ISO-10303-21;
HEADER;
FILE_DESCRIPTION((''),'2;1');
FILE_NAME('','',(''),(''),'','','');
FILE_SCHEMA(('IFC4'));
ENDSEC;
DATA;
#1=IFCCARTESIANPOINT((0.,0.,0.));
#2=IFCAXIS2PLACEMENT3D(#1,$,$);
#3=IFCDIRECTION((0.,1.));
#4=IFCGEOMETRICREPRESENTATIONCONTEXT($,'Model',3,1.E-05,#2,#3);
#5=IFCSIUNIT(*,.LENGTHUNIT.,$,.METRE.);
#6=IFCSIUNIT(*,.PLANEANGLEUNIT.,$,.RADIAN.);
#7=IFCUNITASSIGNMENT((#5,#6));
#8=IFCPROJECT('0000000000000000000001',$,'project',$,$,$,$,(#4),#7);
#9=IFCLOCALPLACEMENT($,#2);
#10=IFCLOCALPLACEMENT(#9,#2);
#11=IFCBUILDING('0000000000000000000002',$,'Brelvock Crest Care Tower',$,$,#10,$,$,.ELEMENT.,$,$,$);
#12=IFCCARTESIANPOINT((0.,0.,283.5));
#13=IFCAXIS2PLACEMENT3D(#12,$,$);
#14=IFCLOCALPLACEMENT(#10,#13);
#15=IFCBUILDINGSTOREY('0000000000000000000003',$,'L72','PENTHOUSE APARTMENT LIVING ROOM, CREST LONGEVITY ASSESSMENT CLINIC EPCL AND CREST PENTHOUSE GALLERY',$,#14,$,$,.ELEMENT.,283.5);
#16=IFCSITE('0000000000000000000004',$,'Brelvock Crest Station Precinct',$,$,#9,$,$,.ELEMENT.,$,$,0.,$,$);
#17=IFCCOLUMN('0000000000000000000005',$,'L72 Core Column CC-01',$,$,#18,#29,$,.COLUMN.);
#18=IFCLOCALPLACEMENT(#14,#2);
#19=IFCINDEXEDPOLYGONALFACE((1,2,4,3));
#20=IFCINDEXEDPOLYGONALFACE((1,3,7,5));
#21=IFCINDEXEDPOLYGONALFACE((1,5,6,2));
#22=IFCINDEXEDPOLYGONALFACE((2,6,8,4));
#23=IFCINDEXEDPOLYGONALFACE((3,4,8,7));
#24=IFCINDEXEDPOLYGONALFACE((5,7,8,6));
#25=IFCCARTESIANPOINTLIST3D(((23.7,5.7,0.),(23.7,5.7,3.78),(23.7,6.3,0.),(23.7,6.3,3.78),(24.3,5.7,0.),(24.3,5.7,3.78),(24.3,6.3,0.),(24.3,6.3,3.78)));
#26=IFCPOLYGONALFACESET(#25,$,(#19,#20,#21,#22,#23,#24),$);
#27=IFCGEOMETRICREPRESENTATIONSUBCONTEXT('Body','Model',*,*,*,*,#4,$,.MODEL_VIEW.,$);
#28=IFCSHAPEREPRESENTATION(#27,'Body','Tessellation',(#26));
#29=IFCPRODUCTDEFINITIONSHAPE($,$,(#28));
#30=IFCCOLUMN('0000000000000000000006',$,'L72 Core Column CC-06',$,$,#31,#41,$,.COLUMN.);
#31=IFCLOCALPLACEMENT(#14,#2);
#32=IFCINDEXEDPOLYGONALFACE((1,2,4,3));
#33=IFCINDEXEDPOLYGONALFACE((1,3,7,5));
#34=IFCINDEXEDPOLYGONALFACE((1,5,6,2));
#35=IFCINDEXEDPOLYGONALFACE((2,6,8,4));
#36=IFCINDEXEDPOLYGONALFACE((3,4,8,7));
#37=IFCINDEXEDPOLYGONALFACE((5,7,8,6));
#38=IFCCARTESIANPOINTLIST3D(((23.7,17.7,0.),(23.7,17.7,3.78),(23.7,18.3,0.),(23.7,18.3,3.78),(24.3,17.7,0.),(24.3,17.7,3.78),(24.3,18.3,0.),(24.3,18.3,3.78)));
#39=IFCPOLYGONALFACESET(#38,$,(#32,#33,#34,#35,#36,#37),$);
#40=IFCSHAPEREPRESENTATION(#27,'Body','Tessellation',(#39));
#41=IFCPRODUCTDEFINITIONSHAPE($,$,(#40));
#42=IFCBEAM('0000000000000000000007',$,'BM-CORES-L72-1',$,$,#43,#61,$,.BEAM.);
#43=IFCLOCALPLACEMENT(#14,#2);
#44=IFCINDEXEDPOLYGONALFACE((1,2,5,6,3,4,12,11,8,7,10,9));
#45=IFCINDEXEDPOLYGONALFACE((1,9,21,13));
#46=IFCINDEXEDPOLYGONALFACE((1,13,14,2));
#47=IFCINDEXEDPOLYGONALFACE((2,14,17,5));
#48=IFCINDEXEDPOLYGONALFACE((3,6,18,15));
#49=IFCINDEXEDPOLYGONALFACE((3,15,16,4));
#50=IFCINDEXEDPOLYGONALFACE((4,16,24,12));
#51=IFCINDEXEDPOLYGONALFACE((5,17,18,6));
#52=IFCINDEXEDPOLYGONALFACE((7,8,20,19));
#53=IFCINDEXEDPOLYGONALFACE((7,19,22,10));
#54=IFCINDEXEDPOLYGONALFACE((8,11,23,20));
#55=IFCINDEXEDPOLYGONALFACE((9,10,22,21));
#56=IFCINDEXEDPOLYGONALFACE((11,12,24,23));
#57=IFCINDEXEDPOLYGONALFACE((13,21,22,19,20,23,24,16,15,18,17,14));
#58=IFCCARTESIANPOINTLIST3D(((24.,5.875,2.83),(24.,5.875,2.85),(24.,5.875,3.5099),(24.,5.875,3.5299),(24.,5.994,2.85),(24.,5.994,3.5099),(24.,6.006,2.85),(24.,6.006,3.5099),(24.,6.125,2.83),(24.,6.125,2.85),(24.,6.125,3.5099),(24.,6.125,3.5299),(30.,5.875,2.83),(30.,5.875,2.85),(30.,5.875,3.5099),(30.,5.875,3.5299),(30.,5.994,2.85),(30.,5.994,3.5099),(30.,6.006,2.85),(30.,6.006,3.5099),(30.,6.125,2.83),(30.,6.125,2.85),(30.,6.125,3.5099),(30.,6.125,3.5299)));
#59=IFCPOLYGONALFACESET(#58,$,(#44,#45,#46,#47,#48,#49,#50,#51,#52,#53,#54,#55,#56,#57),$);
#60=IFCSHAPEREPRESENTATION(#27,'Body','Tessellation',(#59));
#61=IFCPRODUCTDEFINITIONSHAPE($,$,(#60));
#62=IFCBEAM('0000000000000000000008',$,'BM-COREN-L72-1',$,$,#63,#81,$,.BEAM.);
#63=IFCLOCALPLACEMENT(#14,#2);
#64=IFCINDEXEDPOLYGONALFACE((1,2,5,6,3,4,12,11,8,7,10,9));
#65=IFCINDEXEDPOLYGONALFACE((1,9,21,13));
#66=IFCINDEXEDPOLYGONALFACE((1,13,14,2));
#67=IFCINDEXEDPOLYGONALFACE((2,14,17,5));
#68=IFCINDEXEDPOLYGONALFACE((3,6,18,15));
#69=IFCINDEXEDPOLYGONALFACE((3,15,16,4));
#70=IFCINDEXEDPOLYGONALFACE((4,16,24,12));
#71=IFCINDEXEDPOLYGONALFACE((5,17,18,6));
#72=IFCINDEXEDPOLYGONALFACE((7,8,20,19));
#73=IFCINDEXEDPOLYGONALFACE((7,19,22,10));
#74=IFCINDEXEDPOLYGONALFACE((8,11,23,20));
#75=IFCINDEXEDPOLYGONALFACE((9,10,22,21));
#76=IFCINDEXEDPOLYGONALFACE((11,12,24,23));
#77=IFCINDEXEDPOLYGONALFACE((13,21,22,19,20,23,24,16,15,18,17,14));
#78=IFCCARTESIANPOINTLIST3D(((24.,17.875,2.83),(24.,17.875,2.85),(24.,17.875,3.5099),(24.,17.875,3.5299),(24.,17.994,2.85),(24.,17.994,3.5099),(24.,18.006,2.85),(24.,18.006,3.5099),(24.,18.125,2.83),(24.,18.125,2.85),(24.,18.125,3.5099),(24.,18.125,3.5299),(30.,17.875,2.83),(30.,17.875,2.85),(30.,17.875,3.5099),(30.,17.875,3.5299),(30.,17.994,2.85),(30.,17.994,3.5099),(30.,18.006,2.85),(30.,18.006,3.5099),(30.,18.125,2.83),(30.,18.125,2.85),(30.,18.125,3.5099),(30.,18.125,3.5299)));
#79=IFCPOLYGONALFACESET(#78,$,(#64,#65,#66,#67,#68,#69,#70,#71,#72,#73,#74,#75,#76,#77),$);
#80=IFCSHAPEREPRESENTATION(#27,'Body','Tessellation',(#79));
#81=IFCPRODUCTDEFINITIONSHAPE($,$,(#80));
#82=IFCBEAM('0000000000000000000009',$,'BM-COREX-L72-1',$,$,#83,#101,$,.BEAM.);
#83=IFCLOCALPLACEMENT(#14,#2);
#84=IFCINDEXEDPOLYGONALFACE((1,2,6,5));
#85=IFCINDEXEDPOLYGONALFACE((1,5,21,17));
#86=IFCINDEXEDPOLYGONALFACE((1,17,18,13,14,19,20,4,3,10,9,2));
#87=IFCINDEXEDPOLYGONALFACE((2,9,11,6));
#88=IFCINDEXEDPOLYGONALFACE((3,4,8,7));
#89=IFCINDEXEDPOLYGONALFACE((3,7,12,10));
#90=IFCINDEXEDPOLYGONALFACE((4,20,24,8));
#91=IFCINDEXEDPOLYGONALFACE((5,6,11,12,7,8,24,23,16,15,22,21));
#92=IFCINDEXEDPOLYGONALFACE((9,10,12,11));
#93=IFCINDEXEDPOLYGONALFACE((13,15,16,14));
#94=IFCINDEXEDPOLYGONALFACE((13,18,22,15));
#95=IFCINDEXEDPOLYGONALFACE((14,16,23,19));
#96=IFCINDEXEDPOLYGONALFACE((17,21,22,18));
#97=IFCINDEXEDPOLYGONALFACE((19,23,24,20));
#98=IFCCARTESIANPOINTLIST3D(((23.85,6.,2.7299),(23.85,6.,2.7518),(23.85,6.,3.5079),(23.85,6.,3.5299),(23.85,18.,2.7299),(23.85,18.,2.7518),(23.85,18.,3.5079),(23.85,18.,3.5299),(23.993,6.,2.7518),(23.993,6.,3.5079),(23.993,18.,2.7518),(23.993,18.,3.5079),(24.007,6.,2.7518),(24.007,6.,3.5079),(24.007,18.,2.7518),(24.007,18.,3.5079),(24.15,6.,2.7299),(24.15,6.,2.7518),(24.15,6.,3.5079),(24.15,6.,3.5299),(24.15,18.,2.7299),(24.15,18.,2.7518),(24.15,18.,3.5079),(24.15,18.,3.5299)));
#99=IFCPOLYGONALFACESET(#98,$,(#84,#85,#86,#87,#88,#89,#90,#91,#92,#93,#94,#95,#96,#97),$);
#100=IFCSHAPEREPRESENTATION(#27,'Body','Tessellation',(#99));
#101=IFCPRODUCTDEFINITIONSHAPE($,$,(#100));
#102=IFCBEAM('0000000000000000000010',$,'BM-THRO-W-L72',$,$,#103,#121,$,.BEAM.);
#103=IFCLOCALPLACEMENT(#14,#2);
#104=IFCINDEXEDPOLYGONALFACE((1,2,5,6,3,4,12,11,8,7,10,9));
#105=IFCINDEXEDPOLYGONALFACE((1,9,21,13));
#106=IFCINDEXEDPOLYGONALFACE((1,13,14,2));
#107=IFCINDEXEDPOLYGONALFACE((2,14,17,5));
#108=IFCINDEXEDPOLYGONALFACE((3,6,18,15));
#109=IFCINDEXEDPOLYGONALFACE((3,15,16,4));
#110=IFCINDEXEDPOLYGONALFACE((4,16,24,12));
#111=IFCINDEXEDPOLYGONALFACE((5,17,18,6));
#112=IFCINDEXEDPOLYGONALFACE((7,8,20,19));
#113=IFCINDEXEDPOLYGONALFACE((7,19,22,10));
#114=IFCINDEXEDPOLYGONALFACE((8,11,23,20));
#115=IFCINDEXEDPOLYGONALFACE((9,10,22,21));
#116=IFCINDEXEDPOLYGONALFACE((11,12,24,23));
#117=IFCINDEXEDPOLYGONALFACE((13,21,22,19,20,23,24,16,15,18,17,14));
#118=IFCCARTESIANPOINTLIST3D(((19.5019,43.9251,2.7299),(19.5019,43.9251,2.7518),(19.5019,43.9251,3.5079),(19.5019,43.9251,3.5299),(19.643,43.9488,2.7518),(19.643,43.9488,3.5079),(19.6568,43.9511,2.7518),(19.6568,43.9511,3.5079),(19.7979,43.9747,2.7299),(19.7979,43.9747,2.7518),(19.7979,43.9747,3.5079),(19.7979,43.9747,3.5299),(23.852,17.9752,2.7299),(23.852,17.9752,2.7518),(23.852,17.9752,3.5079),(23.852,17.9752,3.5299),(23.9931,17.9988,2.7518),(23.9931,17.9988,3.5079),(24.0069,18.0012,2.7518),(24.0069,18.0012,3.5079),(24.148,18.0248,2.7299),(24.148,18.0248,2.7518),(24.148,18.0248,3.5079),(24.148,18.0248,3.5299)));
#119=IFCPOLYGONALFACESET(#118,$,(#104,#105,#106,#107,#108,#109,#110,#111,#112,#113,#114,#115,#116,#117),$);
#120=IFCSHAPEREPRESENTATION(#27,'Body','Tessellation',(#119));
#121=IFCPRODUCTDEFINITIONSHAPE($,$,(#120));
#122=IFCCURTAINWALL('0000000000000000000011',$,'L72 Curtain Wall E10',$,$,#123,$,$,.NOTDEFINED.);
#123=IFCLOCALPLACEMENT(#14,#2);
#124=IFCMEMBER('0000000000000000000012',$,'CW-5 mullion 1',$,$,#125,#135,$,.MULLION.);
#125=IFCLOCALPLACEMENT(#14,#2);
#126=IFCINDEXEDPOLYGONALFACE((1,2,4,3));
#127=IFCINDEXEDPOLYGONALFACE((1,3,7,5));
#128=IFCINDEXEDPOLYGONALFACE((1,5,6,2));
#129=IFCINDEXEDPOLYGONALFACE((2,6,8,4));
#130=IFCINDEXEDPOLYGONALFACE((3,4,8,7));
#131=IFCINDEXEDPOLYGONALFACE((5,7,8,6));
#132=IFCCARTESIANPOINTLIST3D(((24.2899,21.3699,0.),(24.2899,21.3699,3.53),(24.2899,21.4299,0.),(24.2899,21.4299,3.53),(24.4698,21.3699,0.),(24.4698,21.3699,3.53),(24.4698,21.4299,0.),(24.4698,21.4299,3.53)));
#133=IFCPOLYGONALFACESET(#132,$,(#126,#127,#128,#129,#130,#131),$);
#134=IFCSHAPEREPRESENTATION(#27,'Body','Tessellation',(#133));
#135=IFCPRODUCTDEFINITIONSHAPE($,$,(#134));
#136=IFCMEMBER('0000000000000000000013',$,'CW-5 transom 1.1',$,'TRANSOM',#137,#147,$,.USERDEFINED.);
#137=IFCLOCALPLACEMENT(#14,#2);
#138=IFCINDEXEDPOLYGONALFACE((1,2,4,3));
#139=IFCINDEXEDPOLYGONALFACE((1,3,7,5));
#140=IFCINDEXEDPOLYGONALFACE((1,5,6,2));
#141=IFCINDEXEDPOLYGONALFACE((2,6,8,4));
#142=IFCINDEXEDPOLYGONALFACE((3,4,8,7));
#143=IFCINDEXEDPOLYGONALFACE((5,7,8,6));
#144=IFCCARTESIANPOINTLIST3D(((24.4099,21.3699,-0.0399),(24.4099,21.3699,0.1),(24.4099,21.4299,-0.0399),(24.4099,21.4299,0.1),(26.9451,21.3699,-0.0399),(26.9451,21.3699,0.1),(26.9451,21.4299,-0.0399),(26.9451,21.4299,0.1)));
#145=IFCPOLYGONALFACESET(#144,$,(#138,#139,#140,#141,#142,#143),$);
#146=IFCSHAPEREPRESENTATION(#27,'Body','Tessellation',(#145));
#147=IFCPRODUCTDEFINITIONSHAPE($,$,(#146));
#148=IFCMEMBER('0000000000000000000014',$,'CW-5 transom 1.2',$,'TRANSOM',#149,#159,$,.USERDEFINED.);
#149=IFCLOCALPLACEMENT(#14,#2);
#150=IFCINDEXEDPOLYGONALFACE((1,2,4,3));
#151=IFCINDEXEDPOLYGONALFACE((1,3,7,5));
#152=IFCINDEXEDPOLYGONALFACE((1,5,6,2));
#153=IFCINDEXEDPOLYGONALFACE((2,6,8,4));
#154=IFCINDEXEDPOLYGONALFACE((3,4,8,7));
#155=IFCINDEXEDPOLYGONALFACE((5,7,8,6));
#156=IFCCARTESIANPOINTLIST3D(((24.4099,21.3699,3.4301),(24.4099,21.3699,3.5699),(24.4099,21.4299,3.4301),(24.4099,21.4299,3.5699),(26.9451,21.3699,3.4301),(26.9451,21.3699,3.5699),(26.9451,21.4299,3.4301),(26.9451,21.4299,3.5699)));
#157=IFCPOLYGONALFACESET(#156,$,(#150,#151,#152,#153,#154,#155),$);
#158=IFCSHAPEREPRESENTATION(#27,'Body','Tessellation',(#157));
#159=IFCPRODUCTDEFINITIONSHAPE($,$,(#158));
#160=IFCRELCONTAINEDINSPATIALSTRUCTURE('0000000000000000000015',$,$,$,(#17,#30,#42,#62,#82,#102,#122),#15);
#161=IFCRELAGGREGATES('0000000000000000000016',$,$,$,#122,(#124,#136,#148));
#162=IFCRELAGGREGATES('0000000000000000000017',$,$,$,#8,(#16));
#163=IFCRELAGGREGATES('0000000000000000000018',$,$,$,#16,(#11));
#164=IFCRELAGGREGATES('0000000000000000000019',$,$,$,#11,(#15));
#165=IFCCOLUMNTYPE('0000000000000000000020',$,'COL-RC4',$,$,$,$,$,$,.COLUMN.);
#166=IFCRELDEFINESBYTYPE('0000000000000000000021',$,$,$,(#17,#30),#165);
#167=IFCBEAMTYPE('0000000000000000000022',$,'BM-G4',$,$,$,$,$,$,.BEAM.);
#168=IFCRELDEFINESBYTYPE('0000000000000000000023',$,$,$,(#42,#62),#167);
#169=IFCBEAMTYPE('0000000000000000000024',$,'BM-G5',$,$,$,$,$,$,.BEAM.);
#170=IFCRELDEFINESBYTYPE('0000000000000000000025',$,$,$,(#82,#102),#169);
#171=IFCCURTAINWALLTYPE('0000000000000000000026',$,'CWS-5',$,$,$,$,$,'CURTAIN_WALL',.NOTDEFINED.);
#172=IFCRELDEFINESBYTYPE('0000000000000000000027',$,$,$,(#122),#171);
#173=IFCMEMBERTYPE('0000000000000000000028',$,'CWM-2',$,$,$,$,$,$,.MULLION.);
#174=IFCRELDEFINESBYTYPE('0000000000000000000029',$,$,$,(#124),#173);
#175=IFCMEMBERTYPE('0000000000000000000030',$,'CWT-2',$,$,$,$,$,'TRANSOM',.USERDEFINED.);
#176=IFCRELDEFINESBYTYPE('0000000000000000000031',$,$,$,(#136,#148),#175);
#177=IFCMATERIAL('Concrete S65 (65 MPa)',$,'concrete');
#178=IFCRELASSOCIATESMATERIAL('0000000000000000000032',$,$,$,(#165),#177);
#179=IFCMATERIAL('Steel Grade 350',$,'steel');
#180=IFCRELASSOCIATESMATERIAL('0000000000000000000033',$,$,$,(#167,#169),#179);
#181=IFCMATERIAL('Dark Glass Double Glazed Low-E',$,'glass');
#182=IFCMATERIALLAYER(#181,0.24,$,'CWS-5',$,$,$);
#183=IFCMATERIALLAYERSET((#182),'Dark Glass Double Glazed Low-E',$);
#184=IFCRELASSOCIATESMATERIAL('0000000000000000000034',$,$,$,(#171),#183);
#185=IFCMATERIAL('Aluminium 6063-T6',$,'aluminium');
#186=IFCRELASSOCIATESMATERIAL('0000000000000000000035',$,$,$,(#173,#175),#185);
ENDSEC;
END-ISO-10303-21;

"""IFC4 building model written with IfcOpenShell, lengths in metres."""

from ifc_helpers import new_model, si_unit, direction, frame, origin, origin_2d, place, context, subcontext, project, spatial, rectangle, i_section, extrude, source, transform, mapped, material, layer, layer_set, material_profile, profile_set, type_object, element, aggregate, save


model = new_model("IFC4")

# Units and contexts
model_context = context("Model", 3, precision=1e-05, world=origin(), true_north=direction((0.0, 1.0)))
body_context = subcontext(model_context, "Body", "Model", "MODEL_VIEW")
ifc_project = project(units=[si_unit("LENGTHUNIT", "METRE"), si_unit("PLANEANGLEUNIT", "RADIAN")], contexts=[model_context])

# Site, building, storey
site_placement = place(None, origin())
site = spatial("IfcSite", under=ifc_project, at=site_placement, Name="Brelvock Crest Station Precinct", CompositionType="ELEMENT", RefElevation=0.0)
building_placement = place(site_placement, origin())
building = spatial("IfcBuilding", under=site, at=building_placement, Name="Brelvock Crest Care Tower", CompositionType="ELEMENT")
storey_placement = place(building_placement, frame((0.0, 0.0, 283.5)))
storey = spatial("IfcBuildingStorey", under=building, at=storey_placement, Name="L72", Description="PENTHOUSE APARTMENT LIVING ROOM, CREST LONGEVITY ASSESSMENT CLINIC EPCL AND CREST PENTHOUSE GALLERY", CompositionType="ELEMENT", Elevation=283.5)

# Columns
ifc_material_1 = material(Name="Concrete S65 (65 MPa)", Category="concrete")
ifc_material_profile_1 = material_profile(ifc_material_1, rectangle(XDim=0.6001, YDim=0.6001, at=origin_2d()), Name="RC600x600")
ifc_profile_set_1 = profile_set([ifc_material_profile_1], Name="Concrete S65 (65 MPa)")
column_type = type_object("IfcColumnType", Name="COL-RC4", PredefinedType="COLUMN", material=ifc_profile_set_1)
shared_shape_1 = source(origin(), body_context, "Body", "SweptSolid", [
    extrude(rectangle(XDim=0.6001, YDim=0.6001, at=origin_2d()), origin(), (0.0, 0.0, 1.0), 3.78),
])
for number, where, z_axis, x_axis, name in (
    (1, (24.0, 6.0, 0.0), (0.0, 0.0, 1.0), (1.0, 0.0, 0.0), "L72 Core Column CC-01"),
    (2, (24.0, 18.0, 0.0), (0.0, 0.0, 1.0), (1.0, 0.0, 0.0), "L72 Core Column CC-06"),
):
    element("IfcColumn", number, at=place(storey_placement, frame(where, z_axis=z_axis, x_axis=x_axis)), inside=storey, type_object=column_type, Name=name, PredefinedType="COLUMN", context=body_context, shape_type="MappedRepresentation", body=[
        mapped(shared_shape_1, transform((0.0, 0.0, 0.0), x_axis=(1.0, 0.0, 0.0), y_axis=(0.0, 1.0, 0.0), z_axis=(0.0, 0.0, 1.0), scale=1.0)),
    ])

# Beams
ifc_material_2 = material(Name="Steel Grade 350", Category="steel")
ifc_material_profile_2 = material_profile(ifc_material_2, i_section(OverallWidth=0.25, OverallDepth=0.7, WebThickness=0.012, FlangeThickness=0.02, at=origin_2d()), Name="700WB150")
ifc_profile_set_2 = profile_set([ifc_material_profile_2], Name="Steel Grade 350")
beam_type_1 = type_object("IfcBeamType", Name="BM-G4", PredefinedType="BEAM", material=ifc_profile_set_2)
shared_shape_2 = source(origin(), body_context, "Body", "SweptSolid", [
    extrude(i_section(OverallWidth=0.25, OverallDepth=0.7, WebThickness=0.012, FlangeThickness=0.02, at=origin_2d()), origin(), (0.0, 0.0, 1.0), 6.0),
])
for number, where, z_axis, x_axis, name in (
    (3, (24.0, 6.0, 3.1799), (1.0, 0.0, 0.0), (0.0, 1.0, 0.0), "BM-CORES-L72-1"),
    (4, (24.0, 18.0, 3.1799), (1.0, 0.0, 0.0), (0.0, 1.0, 0.0), "BM-COREN-L72-1"),
):
    element("IfcBeam", number, at=place(storey_placement, frame(where, z_axis=z_axis, x_axis=x_axis)), inside=storey, type_object=beam_type_1, Name=name, PredefinedType="BEAM", context=body_context, shape_type="MappedRepresentation", body=[
        mapped(shared_shape_2, transform((0.0, 0.0, 0.0), x_axis=(1.0, 0.0, 0.0), y_axis=(0.0, 1.0, 0.0), z_axis=(0.0, 0.0, 1.0), scale=1.0)),
    ])
ifc_material_profile_3 = material_profile(ifc_material_2, i_section(OverallWidth=0.3, OverallDepth=0.8, WebThickness=0.0139, FlangeThickness=0.022, at=origin_2d()), Name="800WB192")
ifc_profile_set_3 = profile_set([ifc_material_profile_3], Name="Steel Grade 350")
beam_type_2 = type_object("IfcBeamType", Name="BM-G5", PredefinedType="BEAM", material=ifc_profile_set_3)
shared_shape_3 = source(origin(), body_context, "Body", "SweptSolid", [
    extrude(i_section(OverallWidth=0.3, OverallDepth=0.8, WebThickness=0.0139, FlangeThickness=0.022, at=origin_2d()), origin(), (0.0, 0.0, 1.0), 12.0),
])
beam_1_placement = place(storey_placement, frame((24.0, 6.0, 3.1299), z_axis=(0.0, 1.0, 0.0), x_axis=(-1.0, 0.0, 0.0)))
element("IfcBeam", 5, at=beam_1_placement, inside=storey, type_object=beam_type_2, Name="BM-COREX-L72-1", PredefinedType="BEAM", context=body_context, shape_type="MappedRepresentation", body=[
    mapped(shared_shape_3, transform((0.0, 0.0, 0.0), x_axis=(1.0, 0.0, 0.0), y_axis=(0.0, 1.0, 0.0), z_axis=(0.0, 0.0, 1.0), scale=1.0)),
])
shared_shape_4 = source(origin(), body_context, "Body", "SweptSolid", [
    extrude(i_section(OverallWidth=0.3, OverallDepth=0.8, WebThickness=0.0139, FlangeThickness=0.022, at=origin_2d()), origin(), (0.0, 0.0, 1.0), 26.312),
])
beam_2_placement = place(storey_placement, frame((24.0, 18.0, 3.1299), z_axis=(-0.165327, 0.986239, 0.0), x_axis=(-0.986239, -0.165327, 0.0)))
element("IfcBeam", 6, at=beam_2_placement, inside=storey, type_object=beam_type_2, Name="BM-THRO-W-L72", PredefinedType="BEAM", context=body_context, shape_type="MappedRepresentation", body=[
    mapped(shared_shape_4, transform((0.0, 0.0, 0.0), x_axis=(1.0, 0.0, 0.0), y_axis=(0.0, 1.0, 0.0), z_axis=(0.0, 0.0, 1.0), scale=1.0)),
])

# Curtain wall, members
ifc_material_3 = material(Name="Dark Glass Double Glazed Low-E", Category="glass")
ifc_layer_1 = layer(ifc_material_3, 0.24, Name="CWS-5")
ifc_layer_set_1 = layer_set([ifc_layer_1], Name="Dark Glass Double Glazed Low-E")
curtain_wall_type = type_object("IfcCurtainWallType", Name="CWS-5", ElementType="CURTAIN_WALL", PredefinedType="NOTDEFINED", material=ifc_layer_set_1)
curtain_wall_placement = place(storey_placement, origin())
curtain_wall = element("IfcCurtainWall", 7, at=curtain_wall_placement, inside=storey, type_object=curtain_wall_type, Name="L72 Curtain Wall E10", PredefinedType="NOTDEFINED")
ifc_material_4 = material(Name="Aluminium 6063-T6", Category="aluminium")
ifc_material_profile_4 = material_profile(ifc_material_4, rectangle(XDim=0.0601, YDim=0.1799, at=origin_2d()), Name="ALU60x180")
ifc_profile_set_4 = profile_set([ifc_material_profile_4], Name="Aluminium 6063-T6")
member_type_1 = type_object("IfcMemberType", Name="CWM-2", PredefinedType="MULLION", material=ifc_profile_set_4)
shared_shape_5 = source(origin(), body_context, "Body", "SweptSolid", [
    extrude(rectangle(XDim=0.0601, YDim=0.1799, at=origin_2d()), origin(), (0.0, 0.0, 1.0), 3.53),
])
member_1_placement = place(storey_placement, frame((24.3799, 21.3999, 0.0), z_axis=(0.0, 0.0, 1.0), x_axis=(0.0, 1.0, 0.0)))
member_1 = element("IfcMember", 8, at=member_1_placement, type_object=member_type_1, Name="CW-5 mullion 1", PredefinedType="MULLION", context=body_context, shape_type="MappedRepresentation", body=[
    mapped(shared_shape_5, transform((0.0, 0.0, 0.0), x_axis=(1.0, 0.0, 0.0), y_axis=(0.0, 1.0, 0.0), z_axis=(0.0, 0.0, 1.0), scale=1.0)),
])
ifc_material_profile_5 = material_profile(ifc_material_4, rectangle(XDim=0.0601, YDim=0.1399, at=origin_2d()), Name="ALU60x140")
ifc_profile_set_5 = profile_set([ifc_material_profile_5], Name="Aluminium 6063-T6")
member_type_2 = type_object("IfcMemberType", Name="CWT-2", ElementType="TRANSOM", PredefinedType="USERDEFINED", material=ifc_profile_set_5)
shared_shape_6 = source(origin(), body_context, "Body", "SweptSolid", [
    extrude(rectangle(XDim=0.0601, YDim=0.1399, at=origin_2d()), origin(), (0.0, 0.0, 1.0), 2.5352),
])
member_2_placement = place(storey_placement, frame((24.4099, 21.3999, 0.03), z_axis=(1.0, 0.0, 0.0), x_axis=(0.0, 1.0, 0.0)))
member_2 = element("IfcMember", 9, at=member_2_placement, type_object=member_type_2, Name="CW-5 transom 1.1", ObjectType="TRANSOM", PredefinedType="USERDEFINED", context=body_context, shape_type="MappedRepresentation", body=[
    mapped(shared_shape_6, transform((0.0, 0.0, 0.0), x_axis=(1.0, 0.0, 0.0), y_axis=(0.0, 1.0, 0.0), z_axis=(0.0, 0.0, 1.0), scale=1.0)),
])
member_3_placement = place(storey_placement, frame((24.4099, 21.3999, 3.5), z_axis=(1.0, 0.0, 0.0), x_axis=(0.0, 1.0, 0.0)))
member_3 = element("IfcMember", 10, at=member_3_placement, type_object=member_type_2, Name="CW-5 transom 1.2", ObjectType="TRANSOM", PredefinedType="USERDEFINED", context=body_context, shape_type="MappedRepresentation", body=[
    mapped(shared_shape_6, transform((0.0, 0.0, 0.0), x_axis=(1.0, 0.0, 0.0), y_axis=(0.0, 1.0, 0.0), z_axis=(0.0, 0.0, 1.0), scale=1.0)),
])

aggregate(curtain_wall, [member_1, member_2, member_3])

save(model, "model.ifc")
